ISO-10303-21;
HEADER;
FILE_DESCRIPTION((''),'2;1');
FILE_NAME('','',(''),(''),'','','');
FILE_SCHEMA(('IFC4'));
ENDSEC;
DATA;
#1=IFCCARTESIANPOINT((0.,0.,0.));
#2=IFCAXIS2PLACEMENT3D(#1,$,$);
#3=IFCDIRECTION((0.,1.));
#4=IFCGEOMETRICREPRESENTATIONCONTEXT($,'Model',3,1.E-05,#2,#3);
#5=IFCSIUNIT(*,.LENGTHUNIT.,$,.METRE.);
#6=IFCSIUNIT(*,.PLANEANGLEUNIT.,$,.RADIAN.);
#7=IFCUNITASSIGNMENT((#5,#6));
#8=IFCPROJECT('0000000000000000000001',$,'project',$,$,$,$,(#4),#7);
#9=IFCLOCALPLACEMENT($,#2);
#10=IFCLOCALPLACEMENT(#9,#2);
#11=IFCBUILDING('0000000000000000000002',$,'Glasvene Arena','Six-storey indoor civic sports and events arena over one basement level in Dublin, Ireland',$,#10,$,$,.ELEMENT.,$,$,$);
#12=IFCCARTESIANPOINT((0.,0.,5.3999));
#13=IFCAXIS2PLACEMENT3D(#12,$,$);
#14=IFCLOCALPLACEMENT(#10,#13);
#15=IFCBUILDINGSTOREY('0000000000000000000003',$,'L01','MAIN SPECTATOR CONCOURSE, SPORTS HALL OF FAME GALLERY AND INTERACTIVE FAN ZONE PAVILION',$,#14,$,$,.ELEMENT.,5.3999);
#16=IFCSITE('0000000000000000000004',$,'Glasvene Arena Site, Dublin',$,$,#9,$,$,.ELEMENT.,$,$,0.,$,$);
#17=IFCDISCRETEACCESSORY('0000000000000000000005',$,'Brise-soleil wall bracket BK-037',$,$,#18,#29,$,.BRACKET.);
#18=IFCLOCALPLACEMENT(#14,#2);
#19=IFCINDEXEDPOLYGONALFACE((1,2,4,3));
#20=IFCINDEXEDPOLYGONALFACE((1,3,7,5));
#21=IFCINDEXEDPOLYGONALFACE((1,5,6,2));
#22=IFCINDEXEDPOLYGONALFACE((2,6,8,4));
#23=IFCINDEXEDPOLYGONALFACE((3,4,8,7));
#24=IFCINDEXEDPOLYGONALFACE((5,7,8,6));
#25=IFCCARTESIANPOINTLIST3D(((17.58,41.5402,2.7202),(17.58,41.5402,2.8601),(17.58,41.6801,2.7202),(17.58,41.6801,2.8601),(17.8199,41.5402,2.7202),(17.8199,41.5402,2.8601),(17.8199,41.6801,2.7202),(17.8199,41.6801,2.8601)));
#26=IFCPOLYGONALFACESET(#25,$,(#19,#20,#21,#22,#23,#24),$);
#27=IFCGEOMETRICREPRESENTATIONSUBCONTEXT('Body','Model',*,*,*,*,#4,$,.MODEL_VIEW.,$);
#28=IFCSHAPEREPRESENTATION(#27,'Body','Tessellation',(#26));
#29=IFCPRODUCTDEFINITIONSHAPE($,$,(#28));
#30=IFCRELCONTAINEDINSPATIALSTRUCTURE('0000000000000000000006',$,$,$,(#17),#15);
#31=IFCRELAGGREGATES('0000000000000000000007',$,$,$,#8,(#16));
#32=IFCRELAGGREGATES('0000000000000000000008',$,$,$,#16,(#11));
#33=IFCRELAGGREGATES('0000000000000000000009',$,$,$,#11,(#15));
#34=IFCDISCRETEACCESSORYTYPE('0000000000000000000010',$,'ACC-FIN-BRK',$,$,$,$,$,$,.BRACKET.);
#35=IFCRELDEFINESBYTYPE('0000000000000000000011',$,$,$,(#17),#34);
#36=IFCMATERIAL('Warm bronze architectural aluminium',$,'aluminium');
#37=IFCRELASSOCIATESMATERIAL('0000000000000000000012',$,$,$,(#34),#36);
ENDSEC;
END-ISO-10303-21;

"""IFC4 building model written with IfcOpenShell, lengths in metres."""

from ifc_helpers import new_model, si_unit, direction, frame, origin, origin_2d, place, context, subcontext, project, spatial, rectangle, extrude, material, type_object, element, save


model = new_model("IFC4")

# Units and contexts
model_context = context("Model", 3, precision=1e-05, world=origin(), true_north=direction((0.0, 1.0)))
body_context = subcontext(model_context, "Body", "Model", "MODEL_VIEW")
ifc_project = project(units=[si_unit("LENGTHUNIT", "METRE"), si_unit("PLANEANGLEUNIT", "RADIAN")], contexts=[model_context])

# Site, building, storey
site_placement = place(None, origin())
site = spatial("IfcSite", under=ifc_project, at=site_placement, Name="Glasvene Arena Site, Dublin", CompositionType="ELEMENT", RefElevation=0.0)
building_placement = place(site_placement, origin())
building = spatial("IfcBuilding", under=site, at=building_placement, Name="Glasvene Arena", Description="Six-storey indoor civic sports and events arena over one basement level in Dublin, Ireland", CompositionType="ELEMENT")
storey_placement = place(building_placement, frame((0.0, 0.0, 5.3999)))
storey = spatial("IfcBuildingStorey", under=building, at=storey_placement, Name="L01", Description="MAIN SPECTATOR CONCOURSE, SPORTS HALL OF FAME GALLERY AND INTERACTIVE FAN ZONE PAVILION", CompositionType="ELEMENT", Elevation=5.3999)

# Shared definitions
ifc_material_1 = material(Name="Warm bronze architectural aluminium", Category="aluminium")

# Discrete accessory
discrete_accessory_type_1 = type_object("IfcDiscreteAccessoryType", Name="ACC-FIN-BRK", PredefinedType="BRACKET", material=ifc_material_1)
for number, where, z_axis, x_axis, name in (
    (1, (17.7, 41.6101, 2.7202), (0.0, 0.0, 1.0), (0.0, 1.0, 0.0), "Brise-soleil wall bracket BK-037"),
):
    element("IfcDiscreteAccessory", number, at=place(storey_placement, frame(where, z_axis=z_axis, x_axis=x_axis)), inside=storey, type_object=discrete_accessory_type_1, Name=name, PredefinedType="BRACKET", context=body_context, shape_type="SweptSolid", body=[
        extrude(rectangle(XDim=0.1399, YDim=0.24, at=origin_2d()), origin(), (0.0, 0.0, 1.0), 0.1399),
    ])

save(model, "model.ifc")
